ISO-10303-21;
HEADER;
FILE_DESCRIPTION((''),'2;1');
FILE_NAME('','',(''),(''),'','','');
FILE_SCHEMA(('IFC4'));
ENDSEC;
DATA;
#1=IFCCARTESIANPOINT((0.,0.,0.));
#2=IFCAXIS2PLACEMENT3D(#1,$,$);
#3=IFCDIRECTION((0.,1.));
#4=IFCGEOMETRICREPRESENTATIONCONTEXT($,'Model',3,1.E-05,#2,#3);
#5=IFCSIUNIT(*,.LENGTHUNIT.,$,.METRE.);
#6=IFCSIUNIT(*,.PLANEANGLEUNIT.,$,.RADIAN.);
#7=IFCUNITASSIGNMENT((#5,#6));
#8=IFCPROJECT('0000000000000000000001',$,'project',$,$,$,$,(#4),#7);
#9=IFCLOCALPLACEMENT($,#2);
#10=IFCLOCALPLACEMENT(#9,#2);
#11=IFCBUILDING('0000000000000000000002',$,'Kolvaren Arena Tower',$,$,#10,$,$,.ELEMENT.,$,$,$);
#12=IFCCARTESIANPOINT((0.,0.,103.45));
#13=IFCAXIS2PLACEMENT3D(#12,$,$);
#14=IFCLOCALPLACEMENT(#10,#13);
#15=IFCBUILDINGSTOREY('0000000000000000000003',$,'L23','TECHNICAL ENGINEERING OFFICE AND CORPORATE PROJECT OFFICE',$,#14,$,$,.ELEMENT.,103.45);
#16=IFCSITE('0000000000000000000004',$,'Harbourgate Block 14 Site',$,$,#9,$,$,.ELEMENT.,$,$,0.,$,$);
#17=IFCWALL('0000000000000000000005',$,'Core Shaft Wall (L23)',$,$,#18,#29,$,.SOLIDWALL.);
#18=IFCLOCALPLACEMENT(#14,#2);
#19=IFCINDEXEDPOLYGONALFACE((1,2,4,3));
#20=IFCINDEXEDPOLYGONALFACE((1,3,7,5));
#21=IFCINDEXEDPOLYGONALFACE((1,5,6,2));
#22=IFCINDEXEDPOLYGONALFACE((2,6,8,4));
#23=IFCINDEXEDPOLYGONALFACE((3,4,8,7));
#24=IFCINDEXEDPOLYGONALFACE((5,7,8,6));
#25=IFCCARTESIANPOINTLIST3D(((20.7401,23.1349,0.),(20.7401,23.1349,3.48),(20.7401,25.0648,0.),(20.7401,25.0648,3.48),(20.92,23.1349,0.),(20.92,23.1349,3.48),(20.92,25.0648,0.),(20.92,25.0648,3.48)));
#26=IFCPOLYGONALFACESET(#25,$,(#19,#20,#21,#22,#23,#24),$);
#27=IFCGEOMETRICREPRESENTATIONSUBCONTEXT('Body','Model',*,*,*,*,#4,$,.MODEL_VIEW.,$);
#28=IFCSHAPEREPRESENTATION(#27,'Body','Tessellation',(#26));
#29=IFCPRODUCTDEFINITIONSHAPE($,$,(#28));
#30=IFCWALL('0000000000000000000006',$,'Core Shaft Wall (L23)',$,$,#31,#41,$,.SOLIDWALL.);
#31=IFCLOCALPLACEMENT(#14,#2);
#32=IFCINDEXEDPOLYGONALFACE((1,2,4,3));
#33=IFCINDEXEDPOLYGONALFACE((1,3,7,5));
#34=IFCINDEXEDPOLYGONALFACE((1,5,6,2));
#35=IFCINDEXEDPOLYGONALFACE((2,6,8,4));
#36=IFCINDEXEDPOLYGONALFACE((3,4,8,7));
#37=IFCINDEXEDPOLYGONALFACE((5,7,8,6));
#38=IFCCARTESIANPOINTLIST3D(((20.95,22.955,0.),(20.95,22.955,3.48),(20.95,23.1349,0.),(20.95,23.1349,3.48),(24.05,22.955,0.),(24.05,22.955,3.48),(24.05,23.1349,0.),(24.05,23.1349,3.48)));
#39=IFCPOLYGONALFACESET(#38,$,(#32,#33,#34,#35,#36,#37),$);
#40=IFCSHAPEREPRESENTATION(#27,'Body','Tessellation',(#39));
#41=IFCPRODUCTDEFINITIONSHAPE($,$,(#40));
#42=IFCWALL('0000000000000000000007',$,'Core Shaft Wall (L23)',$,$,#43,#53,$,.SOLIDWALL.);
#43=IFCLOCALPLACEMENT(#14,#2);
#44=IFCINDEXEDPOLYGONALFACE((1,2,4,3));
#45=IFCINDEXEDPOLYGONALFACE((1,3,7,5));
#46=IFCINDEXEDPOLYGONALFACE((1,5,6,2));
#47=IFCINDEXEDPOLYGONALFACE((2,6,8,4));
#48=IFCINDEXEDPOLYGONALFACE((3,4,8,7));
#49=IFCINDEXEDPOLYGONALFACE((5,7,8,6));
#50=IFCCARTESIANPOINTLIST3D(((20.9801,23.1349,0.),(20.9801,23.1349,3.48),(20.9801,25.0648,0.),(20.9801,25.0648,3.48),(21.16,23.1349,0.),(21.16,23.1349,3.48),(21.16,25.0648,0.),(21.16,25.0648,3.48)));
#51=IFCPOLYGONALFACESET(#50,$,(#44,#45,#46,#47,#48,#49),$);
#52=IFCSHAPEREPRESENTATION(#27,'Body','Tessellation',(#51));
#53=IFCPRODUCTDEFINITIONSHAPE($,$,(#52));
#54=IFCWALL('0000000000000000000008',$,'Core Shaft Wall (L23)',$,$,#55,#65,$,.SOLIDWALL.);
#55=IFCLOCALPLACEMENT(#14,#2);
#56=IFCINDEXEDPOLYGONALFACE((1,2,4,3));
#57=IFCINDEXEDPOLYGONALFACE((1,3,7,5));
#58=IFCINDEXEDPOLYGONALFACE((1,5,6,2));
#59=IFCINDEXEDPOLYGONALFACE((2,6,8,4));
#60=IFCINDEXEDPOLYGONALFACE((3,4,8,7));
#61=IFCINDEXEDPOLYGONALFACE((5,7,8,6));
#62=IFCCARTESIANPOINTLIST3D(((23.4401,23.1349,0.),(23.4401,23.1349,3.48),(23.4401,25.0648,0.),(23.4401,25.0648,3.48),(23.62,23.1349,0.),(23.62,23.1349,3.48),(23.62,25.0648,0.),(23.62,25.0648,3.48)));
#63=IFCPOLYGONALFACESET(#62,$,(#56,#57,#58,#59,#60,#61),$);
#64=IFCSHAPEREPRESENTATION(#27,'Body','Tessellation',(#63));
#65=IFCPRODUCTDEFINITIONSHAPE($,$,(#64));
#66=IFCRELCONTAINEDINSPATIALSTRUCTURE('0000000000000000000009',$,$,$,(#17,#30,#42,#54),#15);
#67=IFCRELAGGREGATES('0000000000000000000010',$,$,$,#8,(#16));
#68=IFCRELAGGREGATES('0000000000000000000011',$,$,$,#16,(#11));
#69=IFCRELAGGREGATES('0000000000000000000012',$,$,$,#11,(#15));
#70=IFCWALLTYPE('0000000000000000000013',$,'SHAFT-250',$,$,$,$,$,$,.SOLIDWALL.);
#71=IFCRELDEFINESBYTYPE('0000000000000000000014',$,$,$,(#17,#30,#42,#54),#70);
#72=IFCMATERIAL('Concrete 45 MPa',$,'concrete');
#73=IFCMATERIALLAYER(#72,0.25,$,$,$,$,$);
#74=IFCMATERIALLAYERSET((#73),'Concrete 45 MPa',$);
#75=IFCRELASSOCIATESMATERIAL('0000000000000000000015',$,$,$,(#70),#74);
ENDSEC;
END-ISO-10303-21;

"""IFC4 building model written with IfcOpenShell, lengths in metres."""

from ifc_helpers import new_model, si_unit, direction, frame, frame_2d, origin, place, context, subcontext, project, spatial, rectangle, extrude, material, layer, layer_set, type_object, element, save


model = new_model("IFC4")

# Units and contexts
model_context = context("Model", 3, precision=1e-05, world=origin(), true_north=direction((0.0, 1.0)))
body_context = subcontext(model_context, "Body", "Model", "MODEL_VIEW")
ifc_project = project(units=[si_unit("LENGTHUNIT", "METRE"), si_unit("PLANEANGLEUNIT", "RADIAN")], contexts=[model_context])

# Site, building, storey
site_placement = place(None, origin())
site = spatial("IfcSite", under=ifc_project, at=site_placement, Name="Harbourgate Block 14 Site", CompositionType="ELEMENT", RefElevation=0.0)
building_placement = place(site_placement, origin())
building = spatial("IfcBuilding", under=site, at=building_placement, Name="Kolvaren Arena Tower", CompositionType="ELEMENT")
storey_placement = place(building_placement, frame((0.0, 0.0, 103.45)))
storey = spatial("IfcBuildingStorey", under=building, at=storey_placement, Name="L23", Description="TECHNICAL ENGINEERING OFFICE AND CORPORATE PROJECT OFFICE", CompositionType="ELEMENT", Elevation=103.45)

# Walls
ifc_material_1 = material(Name="Concrete 45 MPa", Category="concrete")
ifc_layer_1 = layer(ifc_material_1, 0.25)
ifc_layer_set_1 = layer_set([ifc_layer_1], Name="Concrete 45 MPa")
wall_type_1 = type_object("IfcWallType", Name="SHAFT-250", PredefinedType="SOLIDWALL", material=ifc_layer_set_1)
for number, where, z_axis, x_axis, name in (
    (1, (20.8301, 23.135, 0.0), (0.0, 0.0, 1.0), (0.0, 1.0, 0.0), "Core Shaft Wall (L23)"),
):
    element("IfcWall", number, at=place(storey_placement, frame(where, z_axis=z_axis, x_axis=x_axis)), inside=storey, type_object=wall_type_1, Name=name, PredefinedType="SOLIDWALL", context=body_context, shape_type="SweptSolid", body=[
        extrude(rectangle(XDim=1.9299, YDim=0.1799, at=frame_2d((0.9648, 0.0))), origin(), (0.0, 0.0, 1.0), 3.48),
    ])
wall_1_placement = place(storey_placement, frame((20.95, 23.0449, 0.0), z_axis=(0.0, 0.0, 1.0), x_axis=(1.0, 0.0, 0.0)))
element("IfcWall", 2, at=wall_1_placement, inside=storey, type_object=wall_type_1, Name="Core Shaft Wall (L23)", PredefinedType="SOLIDWALL", context=body_context, shape_type="SweptSolid", body=[
    extrude(rectangle(XDim=3.1001, YDim=0.1799, at=frame_2d((1.55, 0.0))), origin(), (0.0, 0.0, 1.0), 3.48),
])
for number, where, z_axis, x_axis, name in (
    (3, (21.0701, 23.135, 0.0), (0.0, 0.0, 1.0), (0.0, 1.0, 0.0), "Core Shaft Wall (L23)"),
    (4, (23.53, 23.135, 0.0), (0.0, 0.0, 1.0), (0.0, 1.0, 0.0), "Core Shaft Wall (L23)"),
):
    element("IfcWall", number, at=place(storey_placement, frame(where, z_axis=z_axis, x_axis=x_axis)), inside=storey, type_object=wall_type_1, Name=name, PredefinedType="SOLIDWALL", context=body_context, shape_type="SweptSolid", body=[
        extrude(rectangle(XDim=1.9299, YDim=0.1799, at=frame_2d((0.9648, 0.0))), origin(), (0.0, 0.0, 1.0), 3.48),
    ])

save(model, "model.ifc")
